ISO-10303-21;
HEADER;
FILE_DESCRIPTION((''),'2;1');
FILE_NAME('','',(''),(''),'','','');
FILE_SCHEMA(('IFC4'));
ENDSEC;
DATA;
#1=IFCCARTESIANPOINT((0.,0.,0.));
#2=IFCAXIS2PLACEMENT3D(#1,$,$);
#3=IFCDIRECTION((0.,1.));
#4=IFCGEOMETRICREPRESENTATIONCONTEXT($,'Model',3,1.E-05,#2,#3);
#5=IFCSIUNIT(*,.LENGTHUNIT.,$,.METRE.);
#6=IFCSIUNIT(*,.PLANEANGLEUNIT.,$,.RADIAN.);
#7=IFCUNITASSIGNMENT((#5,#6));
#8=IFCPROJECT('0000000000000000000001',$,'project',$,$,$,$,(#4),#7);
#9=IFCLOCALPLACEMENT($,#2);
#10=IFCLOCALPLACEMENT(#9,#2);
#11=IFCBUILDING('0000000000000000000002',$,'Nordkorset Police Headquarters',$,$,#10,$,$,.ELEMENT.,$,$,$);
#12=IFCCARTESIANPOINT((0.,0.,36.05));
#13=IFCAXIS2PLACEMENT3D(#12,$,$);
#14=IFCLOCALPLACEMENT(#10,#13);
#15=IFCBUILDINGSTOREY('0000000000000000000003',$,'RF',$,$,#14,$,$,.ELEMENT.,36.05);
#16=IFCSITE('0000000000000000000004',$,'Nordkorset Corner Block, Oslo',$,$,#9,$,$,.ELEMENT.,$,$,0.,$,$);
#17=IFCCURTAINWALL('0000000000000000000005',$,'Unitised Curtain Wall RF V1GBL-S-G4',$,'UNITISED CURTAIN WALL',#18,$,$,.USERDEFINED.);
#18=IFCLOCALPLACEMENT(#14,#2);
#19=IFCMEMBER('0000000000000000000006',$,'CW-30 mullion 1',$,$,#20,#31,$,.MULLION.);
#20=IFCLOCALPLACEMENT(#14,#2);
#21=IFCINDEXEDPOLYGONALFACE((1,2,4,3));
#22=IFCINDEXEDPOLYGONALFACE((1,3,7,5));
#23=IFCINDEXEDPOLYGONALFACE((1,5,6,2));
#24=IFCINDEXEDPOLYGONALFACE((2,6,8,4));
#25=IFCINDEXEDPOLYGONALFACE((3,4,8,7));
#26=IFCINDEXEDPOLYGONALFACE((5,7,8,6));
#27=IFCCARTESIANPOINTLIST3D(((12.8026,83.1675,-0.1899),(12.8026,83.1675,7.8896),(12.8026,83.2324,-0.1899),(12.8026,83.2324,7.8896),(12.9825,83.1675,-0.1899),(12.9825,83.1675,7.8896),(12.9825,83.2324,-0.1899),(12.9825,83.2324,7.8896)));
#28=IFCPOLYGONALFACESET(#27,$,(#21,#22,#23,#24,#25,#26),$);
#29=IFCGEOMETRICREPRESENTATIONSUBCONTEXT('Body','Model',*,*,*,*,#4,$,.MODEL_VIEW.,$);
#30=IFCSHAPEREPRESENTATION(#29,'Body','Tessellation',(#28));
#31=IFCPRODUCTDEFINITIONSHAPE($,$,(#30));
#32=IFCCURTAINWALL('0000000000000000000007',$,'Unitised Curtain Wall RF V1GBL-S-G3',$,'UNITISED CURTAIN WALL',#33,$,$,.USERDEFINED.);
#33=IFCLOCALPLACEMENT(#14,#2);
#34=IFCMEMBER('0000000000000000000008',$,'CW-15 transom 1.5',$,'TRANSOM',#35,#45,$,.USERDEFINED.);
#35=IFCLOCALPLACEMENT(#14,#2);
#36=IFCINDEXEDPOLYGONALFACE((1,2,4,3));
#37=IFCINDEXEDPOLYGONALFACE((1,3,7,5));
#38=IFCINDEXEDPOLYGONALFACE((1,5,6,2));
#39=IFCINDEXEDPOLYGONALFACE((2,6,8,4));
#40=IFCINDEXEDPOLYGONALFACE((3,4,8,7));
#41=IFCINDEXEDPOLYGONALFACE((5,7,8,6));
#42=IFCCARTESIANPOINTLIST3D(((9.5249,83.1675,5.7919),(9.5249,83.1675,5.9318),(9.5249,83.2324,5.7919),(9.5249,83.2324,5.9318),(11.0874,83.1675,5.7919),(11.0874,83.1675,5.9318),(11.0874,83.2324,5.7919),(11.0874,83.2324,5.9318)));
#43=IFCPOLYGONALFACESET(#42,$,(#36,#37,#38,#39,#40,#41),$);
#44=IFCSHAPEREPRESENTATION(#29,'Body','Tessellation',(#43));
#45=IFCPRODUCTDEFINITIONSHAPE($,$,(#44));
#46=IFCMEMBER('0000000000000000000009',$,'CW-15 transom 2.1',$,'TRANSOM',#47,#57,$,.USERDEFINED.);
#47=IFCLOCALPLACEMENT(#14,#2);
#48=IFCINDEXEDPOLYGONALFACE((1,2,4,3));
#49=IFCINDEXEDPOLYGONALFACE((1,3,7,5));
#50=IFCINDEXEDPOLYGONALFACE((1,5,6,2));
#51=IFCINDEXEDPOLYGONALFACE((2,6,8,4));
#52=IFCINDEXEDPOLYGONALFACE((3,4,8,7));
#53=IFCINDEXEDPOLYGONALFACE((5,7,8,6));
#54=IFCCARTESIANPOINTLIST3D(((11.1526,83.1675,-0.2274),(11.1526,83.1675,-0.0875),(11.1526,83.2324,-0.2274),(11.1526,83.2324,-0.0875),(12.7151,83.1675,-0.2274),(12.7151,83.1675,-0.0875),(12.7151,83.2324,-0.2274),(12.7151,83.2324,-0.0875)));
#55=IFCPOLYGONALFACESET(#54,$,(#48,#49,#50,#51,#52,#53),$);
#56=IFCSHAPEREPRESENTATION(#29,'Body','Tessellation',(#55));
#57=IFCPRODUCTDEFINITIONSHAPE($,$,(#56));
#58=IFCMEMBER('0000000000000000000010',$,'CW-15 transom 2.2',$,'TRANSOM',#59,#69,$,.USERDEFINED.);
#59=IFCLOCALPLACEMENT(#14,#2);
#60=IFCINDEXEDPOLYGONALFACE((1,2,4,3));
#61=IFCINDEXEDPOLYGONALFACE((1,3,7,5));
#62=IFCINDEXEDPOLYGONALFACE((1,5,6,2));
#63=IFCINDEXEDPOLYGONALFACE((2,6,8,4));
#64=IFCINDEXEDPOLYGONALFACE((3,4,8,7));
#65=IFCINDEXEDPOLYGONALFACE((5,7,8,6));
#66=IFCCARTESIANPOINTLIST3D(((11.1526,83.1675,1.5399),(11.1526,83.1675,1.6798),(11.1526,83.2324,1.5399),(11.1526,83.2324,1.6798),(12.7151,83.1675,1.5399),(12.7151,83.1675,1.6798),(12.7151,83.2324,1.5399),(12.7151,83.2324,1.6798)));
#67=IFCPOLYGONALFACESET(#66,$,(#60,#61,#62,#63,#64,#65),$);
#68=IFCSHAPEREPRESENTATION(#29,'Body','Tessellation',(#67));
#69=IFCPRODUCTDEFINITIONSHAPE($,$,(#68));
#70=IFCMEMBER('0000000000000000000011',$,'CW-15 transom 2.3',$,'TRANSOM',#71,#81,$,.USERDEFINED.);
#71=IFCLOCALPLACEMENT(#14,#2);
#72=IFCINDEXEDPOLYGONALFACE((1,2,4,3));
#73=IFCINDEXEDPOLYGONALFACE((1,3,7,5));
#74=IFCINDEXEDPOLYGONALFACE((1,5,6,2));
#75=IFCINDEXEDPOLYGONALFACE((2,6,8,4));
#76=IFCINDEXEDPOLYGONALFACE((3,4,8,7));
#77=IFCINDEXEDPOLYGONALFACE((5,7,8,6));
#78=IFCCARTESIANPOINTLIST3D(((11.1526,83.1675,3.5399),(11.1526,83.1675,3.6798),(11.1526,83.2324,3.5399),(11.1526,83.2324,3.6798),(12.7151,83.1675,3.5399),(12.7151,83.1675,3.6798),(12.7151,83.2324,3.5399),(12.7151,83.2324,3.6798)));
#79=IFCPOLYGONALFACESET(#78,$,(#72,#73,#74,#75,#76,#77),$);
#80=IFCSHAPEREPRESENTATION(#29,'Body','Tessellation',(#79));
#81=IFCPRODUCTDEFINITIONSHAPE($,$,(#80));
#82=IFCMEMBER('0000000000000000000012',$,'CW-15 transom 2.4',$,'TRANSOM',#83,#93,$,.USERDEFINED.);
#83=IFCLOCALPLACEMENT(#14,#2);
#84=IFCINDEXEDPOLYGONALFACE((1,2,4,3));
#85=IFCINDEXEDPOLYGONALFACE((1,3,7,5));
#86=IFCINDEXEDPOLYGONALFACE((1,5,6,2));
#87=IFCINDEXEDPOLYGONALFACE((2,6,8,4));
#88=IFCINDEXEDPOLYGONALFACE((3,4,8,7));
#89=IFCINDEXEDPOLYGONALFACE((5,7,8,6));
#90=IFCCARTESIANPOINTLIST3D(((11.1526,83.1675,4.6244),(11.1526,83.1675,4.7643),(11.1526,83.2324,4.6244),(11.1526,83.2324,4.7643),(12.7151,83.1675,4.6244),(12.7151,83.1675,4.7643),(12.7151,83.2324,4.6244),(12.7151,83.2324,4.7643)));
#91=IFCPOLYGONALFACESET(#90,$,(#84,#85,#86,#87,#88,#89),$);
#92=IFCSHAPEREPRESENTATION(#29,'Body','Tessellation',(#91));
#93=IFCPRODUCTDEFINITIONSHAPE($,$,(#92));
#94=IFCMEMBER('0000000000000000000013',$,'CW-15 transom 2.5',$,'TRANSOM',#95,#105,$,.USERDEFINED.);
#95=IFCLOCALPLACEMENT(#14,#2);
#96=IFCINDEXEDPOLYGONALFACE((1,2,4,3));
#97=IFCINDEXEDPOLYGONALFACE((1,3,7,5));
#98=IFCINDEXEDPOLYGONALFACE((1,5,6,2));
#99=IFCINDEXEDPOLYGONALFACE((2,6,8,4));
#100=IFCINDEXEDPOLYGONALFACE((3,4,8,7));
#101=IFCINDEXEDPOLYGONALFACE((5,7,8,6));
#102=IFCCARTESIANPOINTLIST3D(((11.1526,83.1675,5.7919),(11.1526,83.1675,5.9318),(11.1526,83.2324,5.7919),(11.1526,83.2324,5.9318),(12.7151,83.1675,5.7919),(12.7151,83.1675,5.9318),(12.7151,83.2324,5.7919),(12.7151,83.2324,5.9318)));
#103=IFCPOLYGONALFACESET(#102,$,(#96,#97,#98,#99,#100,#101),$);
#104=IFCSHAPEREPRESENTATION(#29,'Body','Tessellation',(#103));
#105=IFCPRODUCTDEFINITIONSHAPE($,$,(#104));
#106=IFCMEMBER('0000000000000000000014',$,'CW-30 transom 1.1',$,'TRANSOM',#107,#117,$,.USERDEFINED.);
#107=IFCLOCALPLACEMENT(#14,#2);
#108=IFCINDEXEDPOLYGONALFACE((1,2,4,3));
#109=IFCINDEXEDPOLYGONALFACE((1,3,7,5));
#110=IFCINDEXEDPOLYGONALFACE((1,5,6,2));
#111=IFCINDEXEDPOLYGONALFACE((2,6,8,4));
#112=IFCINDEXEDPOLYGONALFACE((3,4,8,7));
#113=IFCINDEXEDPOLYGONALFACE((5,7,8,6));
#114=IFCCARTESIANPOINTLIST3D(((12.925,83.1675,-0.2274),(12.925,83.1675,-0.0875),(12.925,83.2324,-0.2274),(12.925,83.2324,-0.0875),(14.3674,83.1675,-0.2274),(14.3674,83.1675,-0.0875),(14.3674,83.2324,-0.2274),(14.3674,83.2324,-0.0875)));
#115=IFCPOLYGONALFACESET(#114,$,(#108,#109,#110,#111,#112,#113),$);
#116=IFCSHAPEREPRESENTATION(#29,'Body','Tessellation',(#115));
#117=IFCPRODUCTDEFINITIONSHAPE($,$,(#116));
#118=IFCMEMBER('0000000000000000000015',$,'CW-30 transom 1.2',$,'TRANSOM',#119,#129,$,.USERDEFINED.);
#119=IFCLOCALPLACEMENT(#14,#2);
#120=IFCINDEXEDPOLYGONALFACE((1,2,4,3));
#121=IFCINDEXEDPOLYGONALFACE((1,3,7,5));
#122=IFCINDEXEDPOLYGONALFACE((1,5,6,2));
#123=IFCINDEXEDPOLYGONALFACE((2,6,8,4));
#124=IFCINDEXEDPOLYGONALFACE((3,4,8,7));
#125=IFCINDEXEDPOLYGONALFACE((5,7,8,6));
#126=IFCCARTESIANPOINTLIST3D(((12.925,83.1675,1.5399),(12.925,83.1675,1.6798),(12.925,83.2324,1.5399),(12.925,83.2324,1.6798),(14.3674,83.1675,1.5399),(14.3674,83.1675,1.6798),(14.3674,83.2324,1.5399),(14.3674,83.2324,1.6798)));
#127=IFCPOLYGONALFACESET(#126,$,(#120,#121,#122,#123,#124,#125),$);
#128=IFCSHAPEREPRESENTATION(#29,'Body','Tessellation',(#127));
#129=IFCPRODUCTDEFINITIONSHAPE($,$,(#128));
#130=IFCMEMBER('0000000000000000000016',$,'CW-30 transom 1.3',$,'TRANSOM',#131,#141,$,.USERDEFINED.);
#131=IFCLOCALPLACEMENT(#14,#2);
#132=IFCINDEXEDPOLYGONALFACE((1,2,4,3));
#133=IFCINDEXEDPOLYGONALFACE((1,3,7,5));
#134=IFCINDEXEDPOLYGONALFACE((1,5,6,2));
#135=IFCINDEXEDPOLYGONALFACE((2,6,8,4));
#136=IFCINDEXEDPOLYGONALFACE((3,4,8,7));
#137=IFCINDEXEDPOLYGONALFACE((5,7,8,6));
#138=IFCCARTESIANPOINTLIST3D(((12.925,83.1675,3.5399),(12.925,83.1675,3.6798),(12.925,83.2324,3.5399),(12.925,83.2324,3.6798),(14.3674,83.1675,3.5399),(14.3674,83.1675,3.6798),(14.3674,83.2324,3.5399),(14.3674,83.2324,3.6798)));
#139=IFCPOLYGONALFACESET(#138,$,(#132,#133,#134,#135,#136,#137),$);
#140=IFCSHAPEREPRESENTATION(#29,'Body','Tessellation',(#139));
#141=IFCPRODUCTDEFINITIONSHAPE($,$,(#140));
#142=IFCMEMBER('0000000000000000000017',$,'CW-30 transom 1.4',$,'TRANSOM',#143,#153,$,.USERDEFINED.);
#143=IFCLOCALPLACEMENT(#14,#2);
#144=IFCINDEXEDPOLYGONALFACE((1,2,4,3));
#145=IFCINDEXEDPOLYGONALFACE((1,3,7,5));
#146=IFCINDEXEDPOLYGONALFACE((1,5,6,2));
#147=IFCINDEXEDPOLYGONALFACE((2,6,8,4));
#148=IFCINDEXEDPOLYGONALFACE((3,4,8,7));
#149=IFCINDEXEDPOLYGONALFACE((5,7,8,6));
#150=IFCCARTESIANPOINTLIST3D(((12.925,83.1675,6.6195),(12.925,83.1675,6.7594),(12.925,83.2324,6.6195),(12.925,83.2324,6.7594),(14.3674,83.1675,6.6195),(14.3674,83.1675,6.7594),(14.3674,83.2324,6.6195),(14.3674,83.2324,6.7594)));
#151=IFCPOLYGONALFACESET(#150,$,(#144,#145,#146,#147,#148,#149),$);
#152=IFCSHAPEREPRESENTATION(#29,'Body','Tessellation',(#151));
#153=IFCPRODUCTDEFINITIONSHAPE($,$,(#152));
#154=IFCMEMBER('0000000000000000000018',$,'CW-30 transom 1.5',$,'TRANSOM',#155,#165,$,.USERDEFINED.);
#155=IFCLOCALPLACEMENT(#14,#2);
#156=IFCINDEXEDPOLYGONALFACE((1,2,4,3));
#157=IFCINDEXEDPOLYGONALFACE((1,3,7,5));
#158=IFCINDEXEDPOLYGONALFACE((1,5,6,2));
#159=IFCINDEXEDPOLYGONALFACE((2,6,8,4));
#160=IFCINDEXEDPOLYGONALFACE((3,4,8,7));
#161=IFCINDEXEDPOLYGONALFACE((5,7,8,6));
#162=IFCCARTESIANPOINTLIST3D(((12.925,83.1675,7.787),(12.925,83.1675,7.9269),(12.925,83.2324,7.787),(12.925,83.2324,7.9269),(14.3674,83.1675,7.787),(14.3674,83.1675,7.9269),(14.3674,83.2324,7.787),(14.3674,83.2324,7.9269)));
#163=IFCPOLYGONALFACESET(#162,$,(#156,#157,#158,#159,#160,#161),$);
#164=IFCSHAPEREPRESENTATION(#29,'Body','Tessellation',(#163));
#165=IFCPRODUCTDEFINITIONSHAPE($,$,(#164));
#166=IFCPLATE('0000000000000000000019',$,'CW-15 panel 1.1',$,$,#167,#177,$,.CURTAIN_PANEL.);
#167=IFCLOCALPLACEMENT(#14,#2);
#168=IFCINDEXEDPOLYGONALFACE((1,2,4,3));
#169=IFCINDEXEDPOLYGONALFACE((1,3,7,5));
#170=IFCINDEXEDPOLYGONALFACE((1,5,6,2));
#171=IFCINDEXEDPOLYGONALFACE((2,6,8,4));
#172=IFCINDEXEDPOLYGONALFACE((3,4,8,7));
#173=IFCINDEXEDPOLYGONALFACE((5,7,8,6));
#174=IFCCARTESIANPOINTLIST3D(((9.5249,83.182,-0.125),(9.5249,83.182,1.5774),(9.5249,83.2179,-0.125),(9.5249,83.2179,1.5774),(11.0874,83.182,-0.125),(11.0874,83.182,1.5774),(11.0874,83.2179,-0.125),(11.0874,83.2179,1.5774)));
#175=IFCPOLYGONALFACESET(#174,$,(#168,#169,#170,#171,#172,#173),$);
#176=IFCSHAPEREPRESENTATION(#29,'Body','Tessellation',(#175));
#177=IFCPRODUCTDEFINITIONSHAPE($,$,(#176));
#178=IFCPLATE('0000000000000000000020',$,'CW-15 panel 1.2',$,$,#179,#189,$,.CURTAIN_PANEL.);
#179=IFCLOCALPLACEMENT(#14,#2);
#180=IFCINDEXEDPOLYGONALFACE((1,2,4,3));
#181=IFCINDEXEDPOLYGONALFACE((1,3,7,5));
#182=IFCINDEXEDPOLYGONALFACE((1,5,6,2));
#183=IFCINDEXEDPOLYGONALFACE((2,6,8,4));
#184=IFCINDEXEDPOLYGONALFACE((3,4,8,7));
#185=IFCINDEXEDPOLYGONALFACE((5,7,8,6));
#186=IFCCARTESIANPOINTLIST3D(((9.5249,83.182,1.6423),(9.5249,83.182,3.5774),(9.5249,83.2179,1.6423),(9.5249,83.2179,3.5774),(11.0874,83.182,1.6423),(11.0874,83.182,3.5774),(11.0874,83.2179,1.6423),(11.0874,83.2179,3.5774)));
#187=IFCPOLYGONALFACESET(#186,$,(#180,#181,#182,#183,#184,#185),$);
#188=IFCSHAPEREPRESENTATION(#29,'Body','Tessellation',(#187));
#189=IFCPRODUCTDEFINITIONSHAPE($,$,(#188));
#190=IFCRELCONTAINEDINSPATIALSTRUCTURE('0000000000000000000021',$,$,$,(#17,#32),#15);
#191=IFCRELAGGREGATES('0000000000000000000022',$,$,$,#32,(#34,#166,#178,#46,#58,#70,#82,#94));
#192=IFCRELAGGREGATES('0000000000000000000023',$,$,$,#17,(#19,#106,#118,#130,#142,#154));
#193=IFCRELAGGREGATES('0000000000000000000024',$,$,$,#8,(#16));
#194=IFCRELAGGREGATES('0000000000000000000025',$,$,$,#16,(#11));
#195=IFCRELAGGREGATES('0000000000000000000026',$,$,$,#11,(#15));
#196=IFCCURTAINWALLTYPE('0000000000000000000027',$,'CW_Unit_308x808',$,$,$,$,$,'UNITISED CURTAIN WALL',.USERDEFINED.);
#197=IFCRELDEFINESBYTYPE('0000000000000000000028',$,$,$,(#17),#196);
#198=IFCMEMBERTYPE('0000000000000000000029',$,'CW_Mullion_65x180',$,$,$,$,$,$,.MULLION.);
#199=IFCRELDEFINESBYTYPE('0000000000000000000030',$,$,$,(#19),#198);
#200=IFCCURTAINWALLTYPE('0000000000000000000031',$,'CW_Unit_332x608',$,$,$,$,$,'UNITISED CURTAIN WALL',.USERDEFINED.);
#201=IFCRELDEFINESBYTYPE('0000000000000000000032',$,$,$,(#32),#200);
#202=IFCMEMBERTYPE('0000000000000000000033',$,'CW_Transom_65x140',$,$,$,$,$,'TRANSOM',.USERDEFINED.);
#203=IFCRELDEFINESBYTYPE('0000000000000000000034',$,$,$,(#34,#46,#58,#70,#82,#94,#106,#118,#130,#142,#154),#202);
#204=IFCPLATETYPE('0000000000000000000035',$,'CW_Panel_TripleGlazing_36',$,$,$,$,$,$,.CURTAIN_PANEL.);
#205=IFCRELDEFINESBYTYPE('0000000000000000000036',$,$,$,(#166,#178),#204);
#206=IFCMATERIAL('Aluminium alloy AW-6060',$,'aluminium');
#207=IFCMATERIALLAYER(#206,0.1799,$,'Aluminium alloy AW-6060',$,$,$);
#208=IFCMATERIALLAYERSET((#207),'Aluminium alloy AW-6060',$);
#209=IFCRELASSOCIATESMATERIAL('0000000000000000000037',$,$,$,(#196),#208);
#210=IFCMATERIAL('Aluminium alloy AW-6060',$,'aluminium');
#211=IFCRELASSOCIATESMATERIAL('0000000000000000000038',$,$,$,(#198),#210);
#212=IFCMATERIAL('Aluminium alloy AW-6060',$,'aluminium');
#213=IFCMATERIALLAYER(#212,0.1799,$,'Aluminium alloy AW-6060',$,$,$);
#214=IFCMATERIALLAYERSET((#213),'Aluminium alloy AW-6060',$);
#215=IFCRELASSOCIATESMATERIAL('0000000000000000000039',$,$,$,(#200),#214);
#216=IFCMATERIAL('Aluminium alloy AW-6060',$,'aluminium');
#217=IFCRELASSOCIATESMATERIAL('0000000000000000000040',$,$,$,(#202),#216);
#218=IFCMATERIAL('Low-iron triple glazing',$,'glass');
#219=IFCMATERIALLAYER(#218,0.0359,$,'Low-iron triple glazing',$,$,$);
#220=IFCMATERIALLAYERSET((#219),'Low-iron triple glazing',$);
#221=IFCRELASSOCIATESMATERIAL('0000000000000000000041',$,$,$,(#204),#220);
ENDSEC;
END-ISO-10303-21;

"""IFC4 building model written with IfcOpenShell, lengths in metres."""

from ifc_helpers import new_model, si_unit, direction, frame, origin, origin_2d, place, context, subcontext, project, spatial, rectangle, extrude, material, layer, layer_set, material_profile, profile_set, type_object, element, aggregate, save


model = new_model("IFC4")

# Units and contexts
model_context = context("Model", 3, precision=1e-05, world=origin(), true_north=direction((0.0, 1.0)))
body_context = subcontext(model_context, "Body", "Model", "MODEL_VIEW")
ifc_project = project(units=[si_unit("LENGTHUNIT", "METRE"), si_unit("PLANEANGLEUNIT", "RADIAN")], contexts=[model_context])

# Site, building, storey
site_placement = place(None, origin())
site = spatial("IfcSite", under=ifc_project, at=site_placement, Name="Nordkorset Corner Block, Oslo", CompositionType="ELEMENT", RefElevation=0.0)
building_placement = place(site_placement, origin())
building = spatial("IfcBuilding", under=site, at=building_placement, Name="Nordkorset Police Headquarters", CompositionType="ELEMENT")
storey_placement = place(building_placement, frame((0.0, 0.0, 36.05)))
storey = spatial("IfcBuildingStorey", under=building, at=storey_placement, Name="RF", CompositionType="ELEMENT", Elevation=36.05)

# Curtain wall, member
ifc_material_1 = material(Name="Aluminium alloy AW-6060", Category="aluminium")
ifc_layer_1 = layer(ifc_material_1, 0.1799, Name="Aluminium alloy AW-6060")
ifc_layer_set_1 = layer_set([ifc_layer_1], Name="Aluminium alloy AW-6060")
curtain_wall_type_1 = type_object("IfcCurtainWallType", Name="CW_Unit_308x808", ElementType="UNITISED CURTAIN WALL", PredefinedType="USERDEFINED", material=ifc_layer_set_1)
curtain_wall_1_placement = place(storey_placement, origin())
curtain_wall_1 = element("IfcCurtainWall", 1, at=curtain_wall_1_placement, inside=storey, type_object=curtain_wall_type_1, Name="Unitised Curtain Wall RF V1GBL-S-G4", ObjectType="UNITISED CURTAIN WALL", PredefinedType="USERDEFINED")
ifc_material_2 = material(Name="Aluminium alloy AW-6060", Category="aluminium")
ifc_material_profile_1 = material_profile(ifc_material_2, rectangle(XDim=0.0649, YDim=0.1799, at=origin_2d()), Name="ALU MULL 65x180")
ifc_profile_set_1 = profile_set([ifc_material_profile_1], Name="Aluminium alloy AW-6060")
member_type_1 = type_object("IfcMemberType", Name="CW_Mullion_65x180", PredefinedType="MULLION", material=ifc_profile_set_1)
member_1_placement = place(storey_placement, frame((12.8926, 83.2, -0.1899), z_axis=(0.0, 0.0, 1.0), x_axis=(0.0, 1.0, 0.0)))
member_1 = element("IfcMember", 2, at=member_1_placement, type_object=member_type_1, Name="CW-30 mullion 1", PredefinedType="MULLION", context=body_context, shape_type="SweptSolid", body=[
    extrude(rectangle(XDim=0.0649, YDim=0.1799, at=origin_2d()), origin(), (0.0, 0.0, 1.0), 8.0796),
])

# Curtain wall, members
ifc_material_3 = material(Name="Aluminium alloy AW-6060", Category="aluminium")
ifc_layer_2 = layer(ifc_material_3, 0.1799, Name="Aluminium alloy AW-6060")
ifc_layer_set_2 = layer_set([ifc_layer_2], Name="Aluminium alloy AW-6060")
curtain_wall_type_2 = type_object("IfcCurtainWallType", Name="CW_Unit_332x608", ElementType="UNITISED CURTAIN WALL", PredefinedType="USERDEFINED", material=ifc_layer_set_2)
curtain_wall_2_placement = place(storey_placement, origin())
curtain_wall_2 = element("IfcCurtainWall", 3, at=curtain_wall_2_placement, inside=storey, type_object=curtain_wall_type_2, Name="Unitised Curtain Wall RF V1GBL-S-G3", ObjectType="UNITISED CURTAIN WALL", PredefinedType="USERDEFINED")
ifc_material_4 = material(Name="Aluminium alloy AW-6060", Category="aluminium")
ifc_material_profile_2 = material_profile(ifc_material_4, rectangle(XDim=0.0649, YDim=0.1399, at=origin_2d()), Name="ALU TRAN 65x140")
ifc_profile_set_2 = profile_set([ifc_material_profile_2], Name="Aluminium alloy AW-6060")
member_type_2 = type_object("IfcMemberType", Name="CW_Transom_65x140", ElementType="TRANSOM", PredefinedType="USERDEFINED", material=ifc_profile_set_2)
member_2_placement = place(storey_placement, frame((9.5249, 83.2, 5.8618), z_axis=(1.0, 0.0, 0.0), x_axis=(0.0, 1.0, 0.0)))
member_2 = element("IfcMember", 4, at=member_2_placement, type_object=member_type_2, Name="CW-15 transom 1.5", ObjectType="TRANSOM", PredefinedType="USERDEFINED", context=body_context, shape_type="SweptSolid", body=[
    extrude(rectangle(XDim=0.0649, YDim=0.1399, at=origin_2d()), origin(), (0.0, 0.0, 1.0), 1.5625),
])
member_3_placement = place(storey_placement, frame((11.1526, 83.2, -0.1575), z_axis=(1.0, 0.0, 0.0), x_axis=(0.0, 1.0, 0.0)))
member_3 = element("IfcMember", 5, at=member_3_placement, type_object=member_type_2, Name="CW-15 transom 2.1", ObjectType="TRANSOM", PredefinedType="USERDEFINED", context=body_context, shape_type="SweptSolid", body=[
    extrude(rectangle(XDim=0.0649, YDim=0.1399, at=origin_2d()), origin(), (0.0, 0.0, 1.0), 1.5625),
])
member_4_placement = place(storey_placement, frame((11.1526, 83.2, 1.6099), z_axis=(1.0, 0.0, 0.0), x_axis=(0.0, 1.0, 0.0)))
member_4 = element("IfcMember", 6, at=member_4_placement, type_object=member_type_2, Name="CW-15 transom 2.2", ObjectType="TRANSOM", PredefinedType="USERDEFINED", context=body_context, shape_type="SweptSolid", body=[
    extrude(rectangle(XDim=0.0649, YDim=0.1399, at=origin_2d()), origin(), (0.0, 0.0, 1.0), 1.5625),
])
member_5_placement = place(storey_placement, frame((11.1526, 83.2, 3.6099), z_axis=(1.0, 0.0, 0.0), x_axis=(0.0, 1.0, 0.0)))
member_5 = element("IfcMember", 7, at=member_5_placement, type_object=member_type_2, Name="CW-15 transom 2.3", ObjectType="TRANSOM", PredefinedType="USERDEFINED", context=body_context, shape_type="SweptSolid", body=[
    extrude(rectangle(XDim=0.0649, YDim=0.1399, at=origin_2d()), origin(), (0.0, 0.0, 1.0), 1.5625),
])
member_6_placement = place(storey_placement, frame((11.1526, 83.2, 4.6943), z_axis=(1.0, 0.0, 0.0), x_axis=(0.0, 1.0, 0.0)))
member_6 = element("IfcMember", 8, at=member_6_placement, type_object=member_type_2, Name="CW-15 transom 2.4", ObjectType="TRANSOM", PredefinedType="USERDEFINED", context=body_context, shape_type="SweptSolid", body=[
    extrude(rectangle(XDim=0.0649, YDim=0.1399, at=origin_2d()), origin(), (0.0, 0.0, 1.0), 1.5625),
])
member_7_placement = place(storey_placement, frame((11.1526, 83.2, 5.8618), z_axis=(1.0, 0.0, 0.0), x_axis=(0.0, 1.0, 0.0)))
member_7 = element("IfcMember", 9, at=member_7_placement, type_object=member_type_2, Name="CW-15 transom 2.5", ObjectType="TRANSOM", PredefinedType="USERDEFINED", context=body_context, shape_type="SweptSolid", body=[
    extrude(rectangle(XDim=0.0649, YDim=0.1399, at=origin_2d()), origin(), (0.0, 0.0, 1.0), 1.5625),
])

# Members
member_8_placement = place(storey_placement, frame((12.925, 83.2, -0.1575), z_axis=(1.0, 0.0, 0.0), x_axis=(0.0, 1.0, 0.0)))
member_8 = element("IfcMember", 10, at=member_8_placement, type_object=member_type_2, Name="CW-30 transom 1.1", ObjectType="TRANSOM", PredefinedType="USERDEFINED", context=body_context, shape_type="SweptSolid", body=[
    extrude(rectangle(XDim=0.0649, YDim=0.1399, at=origin_2d()), origin(), (0.0, 0.0, 1.0), 1.4424),
])
member_9_placement = place(storey_placement, frame((12.925, 83.2, 1.6099), z_axis=(1.0, 0.0, 0.0), x_axis=(0.0, 1.0, 0.0)))
member_9 = element("IfcMember", 11, at=member_9_placement, type_object=member_type_2, Name="CW-30 transom 1.2", ObjectType="TRANSOM", PredefinedType="USERDEFINED", context=body_context, shape_type="SweptSolid", body=[
    extrude(rectangle(XDim=0.0649, YDim=0.1399, at=origin_2d()), origin(), (0.0, 0.0, 1.0), 1.4424),
])
member_10_placement = place(storey_placement, frame((12.925, 83.2, 3.6099), z_axis=(1.0, 0.0, 0.0), x_axis=(0.0, 1.0, 0.0)))
member_10 = element("IfcMember", 12, at=member_10_placement, type_object=member_type_2, Name="CW-30 transom 1.3", ObjectType="TRANSOM", PredefinedType="USERDEFINED", context=body_context, shape_type="SweptSolid", body=[
    extrude(rectangle(XDim=0.0649, YDim=0.1399, at=origin_2d()), origin(), (0.0, 0.0, 1.0), 1.4424),
])
member_11_placement = place(storey_placement, frame((12.925, 83.2, 6.6895), z_axis=(1.0, 0.0, 0.0), x_axis=(0.0, 1.0, 0.0)))
member_11 = element("IfcMember", 13, at=member_11_placement, type_object=member_type_2, Name="CW-30 transom 1.4", ObjectType="TRANSOM", PredefinedType="USERDEFINED", context=body_context, shape_type="SweptSolid", body=[
    extrude(rectangle(XDim=0.0649, YDim=0.1399, at=origin_2d()), origin(), (0.0, 0.0, 1.0), 1.4424),
])
member_12_placement = place(storey_placement, frame((12.925, 83.2, 7.8569), z_axis=(1.0, 0.0, 0.0), x_axis=(0.0, 1.0, 0.0)))
member_12 = element("IfcMember", 14, at=member_12_placement, type_object=member_type_2, Name="CW-30 transom 1.5", ObjectType="TRANSOM", PredefinedType="USERDEFINED", context=body_context, shape_type="SweptSolid", body=[
    extrude(rectangle(XDim=0.0649, YDim=0.1399, at=origin_2d()), origin(), (0.0, 0.0, 1.0), 1.4424),
])

# Plates
ifc_material_5 = material(Name="Low-iron triple glazing", Category="glass")
ifc_layer_3 = layer(ifc_material_5, 0.0359, Name="Low-iron triple glazing")
ifc_layer_set_3 = layer_set([ifc_layer_3], Name="Low-iron triple glazing")
plate_type = type_object("IfcPlateType", Name="CW_Panel_TripleGlazing_36", PredefinedType="CURTAIN_PANEL", material=ifc_layer_set_3)
plate_1_placement = place(storey_placement, frame((10.3062, 83.2, -0.125), z_axis=(0.0, 0.0, 1.0), x_axis=(1.0, 0.0, 0.0)))
plate_1 = element("IfcPlate", 15, at=plate_1_placement, type_object=plate_type, Name="CW-15 panel 1.1", PredefinedType="CURTAIN_PANEL", context=body_context, shape_type="SweptSolid", body=[
    extrude(rectangle(XDim=1.5625, YDim=0.0359, at=origin_2d()), origin(), (0.0, 0.0, 1.0), 1.7024),
])
plate_2_placement = place(storey_placement, frame((10.3062, 83.2, 1.6423), z_axis=(0.0, 0.0, 1.0), x_axis=(1.0, 0.0, 0.0)))
plate_2 = element("IfcPlate", 16, at=plate_2_placement, type_object=plate_type, Name="CW-15 panel 1.2", PredefinedType="CURTAIN_PANEL", context=body_context, shape_type="SweptSolid", body=[
    extrude(rectangle(XDim=1.5625, YDim=0.0359, at=origin_2d()), origin(), (0.0, 0.0, 1.0), 1.9351),
])
aggregate(curtain_wall_2, [member_2, plate_1, plate_2, member_3, member_4, member_5, member_6, member_7])
aggregate(curtain_wall_1, [member_1, member_8, member_9, member_10, member_11, member_12])

save(model, "model.ifc")
